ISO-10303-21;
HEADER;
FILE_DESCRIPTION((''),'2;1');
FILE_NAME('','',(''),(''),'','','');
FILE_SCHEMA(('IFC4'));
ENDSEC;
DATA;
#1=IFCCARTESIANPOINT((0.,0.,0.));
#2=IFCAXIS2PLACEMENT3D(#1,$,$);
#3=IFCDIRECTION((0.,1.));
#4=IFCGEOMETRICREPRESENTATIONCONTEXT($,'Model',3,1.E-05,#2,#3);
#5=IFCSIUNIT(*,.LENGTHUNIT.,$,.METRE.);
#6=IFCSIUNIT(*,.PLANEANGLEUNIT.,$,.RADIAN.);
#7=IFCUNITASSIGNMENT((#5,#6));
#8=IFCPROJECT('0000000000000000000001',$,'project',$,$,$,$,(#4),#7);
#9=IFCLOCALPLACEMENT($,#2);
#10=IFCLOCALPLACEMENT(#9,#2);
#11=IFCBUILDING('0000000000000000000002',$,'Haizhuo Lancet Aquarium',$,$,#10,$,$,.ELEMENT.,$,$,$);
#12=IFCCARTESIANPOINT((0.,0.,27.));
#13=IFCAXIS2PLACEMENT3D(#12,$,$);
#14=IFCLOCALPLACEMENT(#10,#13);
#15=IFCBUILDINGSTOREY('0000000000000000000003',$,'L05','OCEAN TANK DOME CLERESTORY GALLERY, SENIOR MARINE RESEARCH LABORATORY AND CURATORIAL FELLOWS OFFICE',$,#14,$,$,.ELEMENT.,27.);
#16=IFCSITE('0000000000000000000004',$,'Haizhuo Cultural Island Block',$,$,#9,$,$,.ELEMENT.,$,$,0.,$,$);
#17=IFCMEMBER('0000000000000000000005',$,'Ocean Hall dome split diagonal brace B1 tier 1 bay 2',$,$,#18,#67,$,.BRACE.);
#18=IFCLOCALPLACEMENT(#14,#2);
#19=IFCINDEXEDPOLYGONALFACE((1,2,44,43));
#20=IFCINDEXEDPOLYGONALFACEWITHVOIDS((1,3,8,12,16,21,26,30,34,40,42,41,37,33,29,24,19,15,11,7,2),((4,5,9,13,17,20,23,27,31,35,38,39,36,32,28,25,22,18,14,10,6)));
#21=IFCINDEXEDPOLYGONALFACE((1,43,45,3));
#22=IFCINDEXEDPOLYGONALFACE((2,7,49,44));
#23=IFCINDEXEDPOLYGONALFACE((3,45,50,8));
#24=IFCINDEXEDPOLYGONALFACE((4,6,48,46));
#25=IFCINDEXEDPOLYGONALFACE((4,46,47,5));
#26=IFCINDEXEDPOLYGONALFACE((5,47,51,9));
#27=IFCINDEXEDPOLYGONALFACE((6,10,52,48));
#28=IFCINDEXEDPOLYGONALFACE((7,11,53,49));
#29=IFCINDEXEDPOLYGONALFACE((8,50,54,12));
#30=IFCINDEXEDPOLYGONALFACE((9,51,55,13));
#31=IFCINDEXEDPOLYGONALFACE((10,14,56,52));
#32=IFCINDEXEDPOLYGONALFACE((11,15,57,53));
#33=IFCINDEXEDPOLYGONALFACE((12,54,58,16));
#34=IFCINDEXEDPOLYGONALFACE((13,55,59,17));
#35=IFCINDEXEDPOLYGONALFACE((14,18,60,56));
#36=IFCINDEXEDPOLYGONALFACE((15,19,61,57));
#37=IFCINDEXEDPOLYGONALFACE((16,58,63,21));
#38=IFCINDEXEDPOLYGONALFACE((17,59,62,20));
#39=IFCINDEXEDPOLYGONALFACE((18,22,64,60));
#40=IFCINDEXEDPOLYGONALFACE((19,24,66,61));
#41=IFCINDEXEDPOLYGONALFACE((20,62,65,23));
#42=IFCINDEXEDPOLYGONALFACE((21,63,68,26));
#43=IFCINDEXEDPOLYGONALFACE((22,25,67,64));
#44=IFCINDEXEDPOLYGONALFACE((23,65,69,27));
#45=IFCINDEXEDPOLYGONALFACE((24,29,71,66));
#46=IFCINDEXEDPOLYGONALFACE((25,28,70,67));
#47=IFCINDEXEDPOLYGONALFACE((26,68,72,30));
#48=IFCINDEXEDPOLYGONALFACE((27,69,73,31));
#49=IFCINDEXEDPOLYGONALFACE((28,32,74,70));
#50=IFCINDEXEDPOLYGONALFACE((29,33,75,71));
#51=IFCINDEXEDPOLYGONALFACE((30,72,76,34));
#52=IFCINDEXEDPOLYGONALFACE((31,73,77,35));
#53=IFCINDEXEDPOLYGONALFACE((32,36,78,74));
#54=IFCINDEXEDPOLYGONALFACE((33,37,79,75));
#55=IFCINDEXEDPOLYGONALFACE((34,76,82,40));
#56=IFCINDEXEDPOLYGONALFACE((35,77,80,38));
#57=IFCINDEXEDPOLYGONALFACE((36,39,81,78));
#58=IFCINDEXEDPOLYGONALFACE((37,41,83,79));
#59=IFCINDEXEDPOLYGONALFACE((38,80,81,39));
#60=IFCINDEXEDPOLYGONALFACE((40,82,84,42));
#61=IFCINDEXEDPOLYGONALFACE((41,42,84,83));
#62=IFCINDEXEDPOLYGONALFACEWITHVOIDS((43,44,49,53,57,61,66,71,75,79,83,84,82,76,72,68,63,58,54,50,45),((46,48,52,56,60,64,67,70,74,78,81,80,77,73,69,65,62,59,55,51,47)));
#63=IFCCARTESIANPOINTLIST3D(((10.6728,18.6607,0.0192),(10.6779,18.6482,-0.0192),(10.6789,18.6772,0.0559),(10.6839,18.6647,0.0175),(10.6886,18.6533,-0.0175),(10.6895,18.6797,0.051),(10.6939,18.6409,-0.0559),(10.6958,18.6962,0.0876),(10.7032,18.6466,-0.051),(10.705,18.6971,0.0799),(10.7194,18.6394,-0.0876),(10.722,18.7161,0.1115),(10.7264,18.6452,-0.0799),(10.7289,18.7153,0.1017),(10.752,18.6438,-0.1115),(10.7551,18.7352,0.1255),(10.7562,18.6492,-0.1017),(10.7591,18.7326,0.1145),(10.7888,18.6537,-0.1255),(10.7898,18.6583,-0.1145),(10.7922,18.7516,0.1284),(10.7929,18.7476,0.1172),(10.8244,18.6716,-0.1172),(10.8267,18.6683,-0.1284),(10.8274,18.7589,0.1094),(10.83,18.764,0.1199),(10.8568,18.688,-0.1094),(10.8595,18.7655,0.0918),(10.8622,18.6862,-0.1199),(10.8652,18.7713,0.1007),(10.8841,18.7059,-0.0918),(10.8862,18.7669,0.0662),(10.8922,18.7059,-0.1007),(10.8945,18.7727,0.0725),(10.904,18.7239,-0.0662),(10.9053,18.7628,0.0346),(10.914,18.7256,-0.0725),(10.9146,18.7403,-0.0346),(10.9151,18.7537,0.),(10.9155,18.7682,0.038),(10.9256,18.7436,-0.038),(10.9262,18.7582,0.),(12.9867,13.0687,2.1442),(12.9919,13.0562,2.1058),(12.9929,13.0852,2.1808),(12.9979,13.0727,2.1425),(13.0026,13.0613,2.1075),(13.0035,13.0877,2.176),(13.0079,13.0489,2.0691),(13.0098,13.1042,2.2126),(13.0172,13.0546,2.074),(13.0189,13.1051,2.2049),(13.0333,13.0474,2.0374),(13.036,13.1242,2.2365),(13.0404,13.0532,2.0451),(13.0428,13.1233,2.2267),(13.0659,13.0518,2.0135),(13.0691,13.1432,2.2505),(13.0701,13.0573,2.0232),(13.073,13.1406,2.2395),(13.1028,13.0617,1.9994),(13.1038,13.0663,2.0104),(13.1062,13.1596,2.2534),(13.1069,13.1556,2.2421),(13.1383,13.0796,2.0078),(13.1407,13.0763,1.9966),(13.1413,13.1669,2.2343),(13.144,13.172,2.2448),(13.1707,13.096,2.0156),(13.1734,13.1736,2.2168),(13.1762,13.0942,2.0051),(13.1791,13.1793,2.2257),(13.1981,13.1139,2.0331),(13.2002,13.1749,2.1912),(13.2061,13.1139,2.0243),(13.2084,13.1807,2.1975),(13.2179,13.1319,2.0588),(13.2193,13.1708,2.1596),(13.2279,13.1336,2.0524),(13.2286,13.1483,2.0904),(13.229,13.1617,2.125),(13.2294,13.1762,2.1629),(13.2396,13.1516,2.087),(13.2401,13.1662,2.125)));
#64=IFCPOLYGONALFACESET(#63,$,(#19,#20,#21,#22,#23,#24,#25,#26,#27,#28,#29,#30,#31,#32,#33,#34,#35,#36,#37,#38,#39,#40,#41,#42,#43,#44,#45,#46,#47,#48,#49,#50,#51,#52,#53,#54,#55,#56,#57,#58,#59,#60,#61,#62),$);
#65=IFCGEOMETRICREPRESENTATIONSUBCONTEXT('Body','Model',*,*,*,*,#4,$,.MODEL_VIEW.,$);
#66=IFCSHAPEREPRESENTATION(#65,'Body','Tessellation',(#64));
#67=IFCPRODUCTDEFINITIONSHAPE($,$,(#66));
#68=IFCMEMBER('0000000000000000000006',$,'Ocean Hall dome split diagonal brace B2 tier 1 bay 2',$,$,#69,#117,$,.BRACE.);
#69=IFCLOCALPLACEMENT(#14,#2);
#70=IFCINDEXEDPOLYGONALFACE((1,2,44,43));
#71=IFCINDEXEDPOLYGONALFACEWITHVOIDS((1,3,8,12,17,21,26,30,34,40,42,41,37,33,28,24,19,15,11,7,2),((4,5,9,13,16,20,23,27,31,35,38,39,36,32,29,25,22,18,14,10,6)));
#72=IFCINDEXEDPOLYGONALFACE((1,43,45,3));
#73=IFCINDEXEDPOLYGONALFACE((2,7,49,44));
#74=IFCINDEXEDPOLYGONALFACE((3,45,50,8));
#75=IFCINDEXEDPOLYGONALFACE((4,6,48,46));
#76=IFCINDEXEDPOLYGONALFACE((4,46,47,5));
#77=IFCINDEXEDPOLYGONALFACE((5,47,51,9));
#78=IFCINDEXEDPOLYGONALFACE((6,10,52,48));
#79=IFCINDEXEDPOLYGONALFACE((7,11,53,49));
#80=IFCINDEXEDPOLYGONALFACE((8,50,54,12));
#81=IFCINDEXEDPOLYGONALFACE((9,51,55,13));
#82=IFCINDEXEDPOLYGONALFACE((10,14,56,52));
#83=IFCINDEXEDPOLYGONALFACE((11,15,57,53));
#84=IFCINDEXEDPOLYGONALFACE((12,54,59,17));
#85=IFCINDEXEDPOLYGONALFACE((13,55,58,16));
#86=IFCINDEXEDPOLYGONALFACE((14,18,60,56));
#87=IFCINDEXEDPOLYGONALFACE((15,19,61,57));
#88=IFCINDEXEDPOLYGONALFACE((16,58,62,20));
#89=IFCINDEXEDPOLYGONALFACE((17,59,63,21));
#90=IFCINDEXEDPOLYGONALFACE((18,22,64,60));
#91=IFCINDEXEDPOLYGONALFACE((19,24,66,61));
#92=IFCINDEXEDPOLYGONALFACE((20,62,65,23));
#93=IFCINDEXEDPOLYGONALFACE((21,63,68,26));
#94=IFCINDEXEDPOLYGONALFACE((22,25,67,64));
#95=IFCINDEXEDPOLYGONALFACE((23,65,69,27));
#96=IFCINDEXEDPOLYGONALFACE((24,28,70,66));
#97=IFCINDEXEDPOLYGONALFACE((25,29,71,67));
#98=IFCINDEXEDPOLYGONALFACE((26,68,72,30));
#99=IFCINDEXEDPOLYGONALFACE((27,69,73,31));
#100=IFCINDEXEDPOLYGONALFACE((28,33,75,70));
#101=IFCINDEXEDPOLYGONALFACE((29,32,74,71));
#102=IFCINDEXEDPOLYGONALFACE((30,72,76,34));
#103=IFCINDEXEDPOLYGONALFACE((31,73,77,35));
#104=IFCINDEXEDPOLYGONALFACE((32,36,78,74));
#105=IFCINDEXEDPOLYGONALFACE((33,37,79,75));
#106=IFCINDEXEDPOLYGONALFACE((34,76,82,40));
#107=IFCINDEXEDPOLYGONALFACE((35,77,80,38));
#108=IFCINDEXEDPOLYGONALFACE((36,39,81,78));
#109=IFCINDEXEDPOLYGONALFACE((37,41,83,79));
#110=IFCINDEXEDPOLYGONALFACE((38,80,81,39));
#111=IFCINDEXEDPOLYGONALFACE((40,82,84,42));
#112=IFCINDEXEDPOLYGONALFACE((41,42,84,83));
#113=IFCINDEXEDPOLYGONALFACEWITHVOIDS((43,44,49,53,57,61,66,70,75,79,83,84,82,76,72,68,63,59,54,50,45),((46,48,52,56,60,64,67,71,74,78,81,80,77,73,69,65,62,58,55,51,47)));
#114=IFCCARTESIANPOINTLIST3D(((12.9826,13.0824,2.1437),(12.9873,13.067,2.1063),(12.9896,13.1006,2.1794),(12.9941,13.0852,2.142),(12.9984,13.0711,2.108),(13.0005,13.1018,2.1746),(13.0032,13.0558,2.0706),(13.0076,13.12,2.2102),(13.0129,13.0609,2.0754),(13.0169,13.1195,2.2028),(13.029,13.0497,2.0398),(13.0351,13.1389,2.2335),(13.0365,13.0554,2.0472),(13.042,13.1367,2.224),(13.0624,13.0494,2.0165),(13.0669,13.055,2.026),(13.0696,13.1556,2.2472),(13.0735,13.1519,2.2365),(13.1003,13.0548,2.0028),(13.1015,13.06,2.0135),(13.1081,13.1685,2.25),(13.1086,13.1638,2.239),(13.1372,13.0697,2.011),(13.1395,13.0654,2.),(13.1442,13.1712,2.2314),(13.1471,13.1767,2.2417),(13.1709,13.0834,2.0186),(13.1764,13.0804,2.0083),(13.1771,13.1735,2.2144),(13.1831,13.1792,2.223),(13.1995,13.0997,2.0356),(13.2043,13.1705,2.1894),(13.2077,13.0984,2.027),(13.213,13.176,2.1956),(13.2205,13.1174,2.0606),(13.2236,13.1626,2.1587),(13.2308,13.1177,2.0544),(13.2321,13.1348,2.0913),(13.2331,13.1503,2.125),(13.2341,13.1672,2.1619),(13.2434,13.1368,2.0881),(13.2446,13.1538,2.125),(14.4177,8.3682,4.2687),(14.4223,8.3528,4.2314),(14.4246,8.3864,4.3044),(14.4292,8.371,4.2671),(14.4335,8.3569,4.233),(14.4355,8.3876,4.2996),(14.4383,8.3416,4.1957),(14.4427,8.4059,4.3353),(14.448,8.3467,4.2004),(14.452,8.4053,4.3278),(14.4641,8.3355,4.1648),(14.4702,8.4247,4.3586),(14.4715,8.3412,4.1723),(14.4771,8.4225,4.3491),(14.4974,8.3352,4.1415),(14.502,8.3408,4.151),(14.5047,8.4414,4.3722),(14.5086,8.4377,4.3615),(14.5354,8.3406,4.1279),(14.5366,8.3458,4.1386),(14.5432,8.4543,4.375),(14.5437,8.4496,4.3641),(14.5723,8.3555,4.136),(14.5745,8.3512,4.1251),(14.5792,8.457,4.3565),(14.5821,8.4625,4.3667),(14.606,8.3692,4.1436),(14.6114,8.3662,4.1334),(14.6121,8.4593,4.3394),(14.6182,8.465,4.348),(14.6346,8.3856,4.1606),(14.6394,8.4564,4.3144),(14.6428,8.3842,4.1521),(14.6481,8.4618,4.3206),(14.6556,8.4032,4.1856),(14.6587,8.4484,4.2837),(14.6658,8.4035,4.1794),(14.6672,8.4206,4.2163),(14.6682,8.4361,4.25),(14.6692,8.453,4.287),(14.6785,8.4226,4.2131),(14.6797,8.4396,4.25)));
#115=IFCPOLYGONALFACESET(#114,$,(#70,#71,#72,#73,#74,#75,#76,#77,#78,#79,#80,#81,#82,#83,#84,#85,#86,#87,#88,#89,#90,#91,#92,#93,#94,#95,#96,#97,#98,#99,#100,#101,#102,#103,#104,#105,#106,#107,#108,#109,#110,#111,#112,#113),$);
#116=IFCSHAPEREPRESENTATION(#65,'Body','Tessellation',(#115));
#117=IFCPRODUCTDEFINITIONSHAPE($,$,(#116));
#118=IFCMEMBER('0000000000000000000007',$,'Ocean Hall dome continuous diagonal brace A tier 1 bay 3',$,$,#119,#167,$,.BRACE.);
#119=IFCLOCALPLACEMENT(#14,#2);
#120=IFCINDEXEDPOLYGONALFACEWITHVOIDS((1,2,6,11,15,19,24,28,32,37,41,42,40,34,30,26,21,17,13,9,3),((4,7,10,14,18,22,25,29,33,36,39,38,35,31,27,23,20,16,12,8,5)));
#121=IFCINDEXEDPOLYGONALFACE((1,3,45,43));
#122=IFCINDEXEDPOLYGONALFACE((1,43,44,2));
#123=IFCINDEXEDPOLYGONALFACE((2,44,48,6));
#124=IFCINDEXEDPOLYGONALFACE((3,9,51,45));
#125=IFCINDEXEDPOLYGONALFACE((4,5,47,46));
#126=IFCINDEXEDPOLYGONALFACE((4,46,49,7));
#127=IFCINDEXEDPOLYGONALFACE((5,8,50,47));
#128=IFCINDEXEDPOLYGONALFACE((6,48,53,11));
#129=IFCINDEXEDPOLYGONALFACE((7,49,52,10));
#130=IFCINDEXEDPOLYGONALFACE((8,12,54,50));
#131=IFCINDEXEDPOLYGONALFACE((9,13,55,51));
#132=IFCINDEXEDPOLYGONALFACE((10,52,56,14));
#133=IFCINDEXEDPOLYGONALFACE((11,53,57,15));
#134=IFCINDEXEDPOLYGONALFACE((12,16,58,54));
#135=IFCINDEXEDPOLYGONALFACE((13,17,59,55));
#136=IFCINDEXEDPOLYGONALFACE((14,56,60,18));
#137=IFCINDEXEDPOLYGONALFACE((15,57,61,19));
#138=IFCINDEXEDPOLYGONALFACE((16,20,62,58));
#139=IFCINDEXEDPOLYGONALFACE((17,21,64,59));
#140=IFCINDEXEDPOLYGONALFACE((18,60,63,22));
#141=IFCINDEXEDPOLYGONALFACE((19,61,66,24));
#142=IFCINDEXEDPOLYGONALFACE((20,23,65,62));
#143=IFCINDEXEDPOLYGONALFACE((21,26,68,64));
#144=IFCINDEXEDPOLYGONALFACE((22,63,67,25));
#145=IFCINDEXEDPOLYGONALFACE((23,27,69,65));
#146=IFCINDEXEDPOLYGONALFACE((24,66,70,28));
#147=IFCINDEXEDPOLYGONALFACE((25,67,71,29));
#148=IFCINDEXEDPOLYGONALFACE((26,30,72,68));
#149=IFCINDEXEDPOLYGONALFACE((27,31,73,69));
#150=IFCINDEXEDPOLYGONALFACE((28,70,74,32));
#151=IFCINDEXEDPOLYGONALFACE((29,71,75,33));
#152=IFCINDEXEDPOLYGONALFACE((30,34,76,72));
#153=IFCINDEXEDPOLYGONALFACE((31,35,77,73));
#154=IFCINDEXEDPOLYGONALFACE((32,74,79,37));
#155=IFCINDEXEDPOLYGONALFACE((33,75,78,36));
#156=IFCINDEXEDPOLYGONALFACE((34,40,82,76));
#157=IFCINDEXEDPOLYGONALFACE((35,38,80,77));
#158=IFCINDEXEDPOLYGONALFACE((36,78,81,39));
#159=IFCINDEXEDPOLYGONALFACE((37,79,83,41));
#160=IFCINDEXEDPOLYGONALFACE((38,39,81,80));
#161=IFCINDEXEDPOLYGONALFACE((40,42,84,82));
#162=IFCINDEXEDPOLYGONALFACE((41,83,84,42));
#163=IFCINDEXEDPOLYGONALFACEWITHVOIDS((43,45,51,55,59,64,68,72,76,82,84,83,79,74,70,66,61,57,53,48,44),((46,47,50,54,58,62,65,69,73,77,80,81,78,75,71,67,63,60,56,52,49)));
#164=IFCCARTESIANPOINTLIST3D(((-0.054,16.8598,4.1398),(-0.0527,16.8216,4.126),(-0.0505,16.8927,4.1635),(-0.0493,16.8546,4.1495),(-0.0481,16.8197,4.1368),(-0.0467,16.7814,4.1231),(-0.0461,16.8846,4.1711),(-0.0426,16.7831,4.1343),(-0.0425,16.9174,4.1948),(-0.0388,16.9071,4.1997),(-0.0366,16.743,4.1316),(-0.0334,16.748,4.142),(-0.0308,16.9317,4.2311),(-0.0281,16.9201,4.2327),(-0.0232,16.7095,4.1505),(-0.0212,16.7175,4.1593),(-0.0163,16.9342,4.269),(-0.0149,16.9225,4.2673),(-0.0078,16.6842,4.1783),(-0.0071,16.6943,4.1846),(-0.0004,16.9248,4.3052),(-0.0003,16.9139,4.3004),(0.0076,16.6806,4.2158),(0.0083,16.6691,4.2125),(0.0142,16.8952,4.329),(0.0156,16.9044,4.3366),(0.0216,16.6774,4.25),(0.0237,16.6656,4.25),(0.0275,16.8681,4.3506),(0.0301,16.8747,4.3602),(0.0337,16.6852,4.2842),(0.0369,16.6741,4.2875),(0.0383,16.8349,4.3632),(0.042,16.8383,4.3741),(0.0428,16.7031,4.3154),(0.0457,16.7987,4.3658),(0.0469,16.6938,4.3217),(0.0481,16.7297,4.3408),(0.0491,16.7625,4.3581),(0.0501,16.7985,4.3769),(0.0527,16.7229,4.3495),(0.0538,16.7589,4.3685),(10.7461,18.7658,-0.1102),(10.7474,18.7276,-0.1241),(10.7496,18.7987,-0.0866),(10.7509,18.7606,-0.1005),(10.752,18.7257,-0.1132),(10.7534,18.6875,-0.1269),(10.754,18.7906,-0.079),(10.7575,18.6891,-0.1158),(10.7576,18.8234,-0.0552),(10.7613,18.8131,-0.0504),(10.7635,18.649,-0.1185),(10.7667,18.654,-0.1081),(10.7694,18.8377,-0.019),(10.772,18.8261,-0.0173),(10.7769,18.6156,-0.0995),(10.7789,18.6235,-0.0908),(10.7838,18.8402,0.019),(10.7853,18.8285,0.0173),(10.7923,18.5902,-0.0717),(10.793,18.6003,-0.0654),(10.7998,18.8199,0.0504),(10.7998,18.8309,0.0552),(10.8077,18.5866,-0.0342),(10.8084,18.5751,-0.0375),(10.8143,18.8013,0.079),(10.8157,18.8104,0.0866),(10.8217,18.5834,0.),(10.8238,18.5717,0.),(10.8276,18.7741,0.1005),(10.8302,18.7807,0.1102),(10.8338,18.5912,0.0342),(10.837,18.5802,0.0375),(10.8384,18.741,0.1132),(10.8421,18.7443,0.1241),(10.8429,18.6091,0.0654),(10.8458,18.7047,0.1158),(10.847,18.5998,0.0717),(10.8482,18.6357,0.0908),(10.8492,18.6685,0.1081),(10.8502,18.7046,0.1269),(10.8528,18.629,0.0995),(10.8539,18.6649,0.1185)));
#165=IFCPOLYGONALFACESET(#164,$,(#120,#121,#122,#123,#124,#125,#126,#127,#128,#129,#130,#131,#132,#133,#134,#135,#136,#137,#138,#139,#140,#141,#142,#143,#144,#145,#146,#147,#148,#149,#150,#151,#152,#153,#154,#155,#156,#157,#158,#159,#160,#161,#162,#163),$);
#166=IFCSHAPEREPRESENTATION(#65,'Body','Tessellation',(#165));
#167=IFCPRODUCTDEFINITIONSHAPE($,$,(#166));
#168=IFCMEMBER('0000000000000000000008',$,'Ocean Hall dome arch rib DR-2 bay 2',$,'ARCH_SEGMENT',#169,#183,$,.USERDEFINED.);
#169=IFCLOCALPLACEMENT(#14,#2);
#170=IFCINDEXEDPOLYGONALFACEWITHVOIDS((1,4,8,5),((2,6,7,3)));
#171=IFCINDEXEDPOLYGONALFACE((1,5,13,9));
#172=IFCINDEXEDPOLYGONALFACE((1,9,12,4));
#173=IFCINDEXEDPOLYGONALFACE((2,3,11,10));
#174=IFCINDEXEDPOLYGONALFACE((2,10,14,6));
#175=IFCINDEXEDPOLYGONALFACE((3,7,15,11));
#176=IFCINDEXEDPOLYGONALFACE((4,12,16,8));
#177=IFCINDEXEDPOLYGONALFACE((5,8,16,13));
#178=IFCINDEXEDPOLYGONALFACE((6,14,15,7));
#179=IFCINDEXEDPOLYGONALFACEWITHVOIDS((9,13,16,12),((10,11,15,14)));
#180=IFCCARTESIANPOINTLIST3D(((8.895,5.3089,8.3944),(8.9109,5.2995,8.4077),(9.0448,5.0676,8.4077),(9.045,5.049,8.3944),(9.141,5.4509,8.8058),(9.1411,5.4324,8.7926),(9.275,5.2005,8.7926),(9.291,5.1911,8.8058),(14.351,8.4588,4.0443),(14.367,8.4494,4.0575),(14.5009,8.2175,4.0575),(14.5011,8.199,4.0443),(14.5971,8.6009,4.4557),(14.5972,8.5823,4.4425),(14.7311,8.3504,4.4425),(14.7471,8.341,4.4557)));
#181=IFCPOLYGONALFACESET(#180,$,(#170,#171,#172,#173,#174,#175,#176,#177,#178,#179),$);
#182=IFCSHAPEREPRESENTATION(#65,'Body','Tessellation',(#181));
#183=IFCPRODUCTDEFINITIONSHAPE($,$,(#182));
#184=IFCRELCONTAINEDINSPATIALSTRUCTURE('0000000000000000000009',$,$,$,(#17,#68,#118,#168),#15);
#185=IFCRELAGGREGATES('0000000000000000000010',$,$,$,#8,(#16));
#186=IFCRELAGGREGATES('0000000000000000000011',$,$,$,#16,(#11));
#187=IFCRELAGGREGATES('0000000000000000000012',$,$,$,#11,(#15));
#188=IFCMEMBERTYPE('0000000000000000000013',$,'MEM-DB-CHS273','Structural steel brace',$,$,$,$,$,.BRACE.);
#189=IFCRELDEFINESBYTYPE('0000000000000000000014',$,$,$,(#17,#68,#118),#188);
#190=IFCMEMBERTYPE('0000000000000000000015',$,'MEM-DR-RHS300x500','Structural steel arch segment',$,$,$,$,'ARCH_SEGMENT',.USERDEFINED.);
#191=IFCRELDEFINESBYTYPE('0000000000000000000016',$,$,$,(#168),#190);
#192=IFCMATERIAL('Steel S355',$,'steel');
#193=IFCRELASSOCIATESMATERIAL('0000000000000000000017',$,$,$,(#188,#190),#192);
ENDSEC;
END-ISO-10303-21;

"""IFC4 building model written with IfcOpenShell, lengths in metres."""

from ifc_helpers import new_model, si_unit, direction, frame, origin, origin_2d, place, context, subcontext, project, spatial, hollow_rectangle, hollow_circle, extrude, material, material_profile, profile_set, type_object, element, save


model = new_model("IFC4")

# Units and contexts
model_context = context("Model", 3, precision=1e-05, world=origin(), true_north=direction((0.0, 1.0)))
body_context = subcontext(model_context, "Body", "Model", "MODEL_VIEW")
ifc_project = project(units=[si_unit("LENGTHUNIT", "METRE"), si_unit("PLANEANGLEUNIT", "RADIAN")], contexts=[model_context])

# Site, building, storey
site_placement = place(None, origin())
site = spatial("IfcSite", under=ifc_project, at=site_placement, Name="Haizhuo Cultural Island Block", CompositionType="ELEMENT", RefElevation=0.0)
building_placement = place(site_placement, origin())
building = spatial("IfcBuilding", under=site, at=building_placement, Name="Haizhuo Lancet Aquarium", CompositionType="ELEMENT")
storey_placement = place(building_placement, frame((0.0, 0.0, 27.0)))
storey = spatial("IfcBuildingStorey", under=building, at=storey_placement, Name="L05", Description="OCEAN TANK DOME CLERESTORY GALLERY, SENIOR MARINE RESEARCH LABORATORY AND CURATORIAL FELLOWS OFFICE", CompositionType="ELEMENT", Elevation=27.0)

# Members
ifc_material_1 = material(Name="Steel S355", Category="steel")
ifc_material_profile_1 = material_profile(ifc_material_1, hollow_circle(Radius=0.1365, WallThickness=0.012, at=origin_2d()), Name="CHS 273x12")
ifc_profile_set_1 = profile_set([ifc_material_profile_1], Name="Steel S355")
member_type_1 = type_object("IfcMemberType", Name="MEM-DB-CHS273", Description="Structural steel brace", PredefinedType="BRACE", material=ifc_profile_set_1)
member_1_placement = place(storey_placement, frame((10.8, 18.7061, 0.0), z_axis=(0.360761, -0.871832, 0.3313), x_axis=(0.924016, 0.382354, 0.0)))
element("IfcMember", 1, at=member_1_placement, inside=storey, type_object=member_type_1, Name="Ocean Hall dome split diagonal brace B1 tier 1 bay 2", PredefinedType="BRACE", context=body_context, shape_type="SweptSolid", body=[
    extrude(hollow_circle(Radius=0.1365, WallThickness=0.012, at=origin_2d()), origin(), (0.0, 0.0, 1.0), 6.4141),
])
member_2_placement = place(storey_placement, frame((13.114, 13.114, 2.125), z_axis=(0.267417, -0.878455, 0.395985), x_axis=(0.956655, 0.291223, 0.0)))
element("IfcMember", 2, at=member_2_placement, inside=storey, type_object=member_type_1, Name="Ocean Hall dome split diagonal brace B2 tier 1 bay 2", PredefinedType="BRACE", context=body_context, shape_type="SweptSolid", body=[
    extrude(hollow_circle(Radius=0.1365, WallThickness=0.012, at=origin_2d()), origin(), (0.0, 0.0, 1.0), 5.3665),
])
member_3_placement = place(storey_placement, frame((10.8, 18.7061, 0.0), z_axis=(-0.918243, -0.162053, 0.361344), x_axis=(0.173795, -0.984782, 0.0)))
element("IfcMember", 3, at=member_3_placement, inside=storey, type_object=member_type_1, Name="Ocean Hall dome continuous diagonal brace A tier 1 bay 3", PredefinedType="BRACE", context=body_context, shape_type="SweptSolid", body=[
    extrude(hollow_circle(Radius=0.1365, WallThickness=0.012, at=origin_2d()), origin(), (0.0, 0.0, 1.0), 11.7617),
])
ifc_material_profile_2 = material_profile(ifc_material_1, hollow_rectangle(XDim=0.3, YDim=0.5, WallThickness=0.0161, at=origin_2d()), Name="RHS 300x500x16")
ifc_profile_set_2 = profile_set([ifc_material_profile_2], Name="Steel S355")
member_type_2 = type_object("IfcMemberType", Name="MEM-DR-RHS300x500", Description="Structural steel arch segment", ElementType="ARCH_SEGMENT", PredefinedType="USERDEFINED", material=ifc_profile_set_2)
member_4_placement = place(storey_placement, frame((14.5491, 8.3999, 4.25), z_axis=(-0.712654, -0.411431, 0.568197), x_axis=(0.499982, -0.866036, 0.0)))
element("IfcMember", 4, at=member_4_placement, inside=storey, type_object=member_type_2, Name="Ocean Hall dome arch rib DR-2 bay 2", ObjectType="ARCH_SEGMENT", PredefinedType="USERDEFINED", context=body_context, shape_type="SweptSolid", body=[
    extrude(hollow_rectangle(XDim=0.3, YDim=0.5, WallThickness=0.0161, at=origin_2d()), origin(), (0.0, 0.0, 1.0), 7.656),
])

save(model, "model.ifc")
